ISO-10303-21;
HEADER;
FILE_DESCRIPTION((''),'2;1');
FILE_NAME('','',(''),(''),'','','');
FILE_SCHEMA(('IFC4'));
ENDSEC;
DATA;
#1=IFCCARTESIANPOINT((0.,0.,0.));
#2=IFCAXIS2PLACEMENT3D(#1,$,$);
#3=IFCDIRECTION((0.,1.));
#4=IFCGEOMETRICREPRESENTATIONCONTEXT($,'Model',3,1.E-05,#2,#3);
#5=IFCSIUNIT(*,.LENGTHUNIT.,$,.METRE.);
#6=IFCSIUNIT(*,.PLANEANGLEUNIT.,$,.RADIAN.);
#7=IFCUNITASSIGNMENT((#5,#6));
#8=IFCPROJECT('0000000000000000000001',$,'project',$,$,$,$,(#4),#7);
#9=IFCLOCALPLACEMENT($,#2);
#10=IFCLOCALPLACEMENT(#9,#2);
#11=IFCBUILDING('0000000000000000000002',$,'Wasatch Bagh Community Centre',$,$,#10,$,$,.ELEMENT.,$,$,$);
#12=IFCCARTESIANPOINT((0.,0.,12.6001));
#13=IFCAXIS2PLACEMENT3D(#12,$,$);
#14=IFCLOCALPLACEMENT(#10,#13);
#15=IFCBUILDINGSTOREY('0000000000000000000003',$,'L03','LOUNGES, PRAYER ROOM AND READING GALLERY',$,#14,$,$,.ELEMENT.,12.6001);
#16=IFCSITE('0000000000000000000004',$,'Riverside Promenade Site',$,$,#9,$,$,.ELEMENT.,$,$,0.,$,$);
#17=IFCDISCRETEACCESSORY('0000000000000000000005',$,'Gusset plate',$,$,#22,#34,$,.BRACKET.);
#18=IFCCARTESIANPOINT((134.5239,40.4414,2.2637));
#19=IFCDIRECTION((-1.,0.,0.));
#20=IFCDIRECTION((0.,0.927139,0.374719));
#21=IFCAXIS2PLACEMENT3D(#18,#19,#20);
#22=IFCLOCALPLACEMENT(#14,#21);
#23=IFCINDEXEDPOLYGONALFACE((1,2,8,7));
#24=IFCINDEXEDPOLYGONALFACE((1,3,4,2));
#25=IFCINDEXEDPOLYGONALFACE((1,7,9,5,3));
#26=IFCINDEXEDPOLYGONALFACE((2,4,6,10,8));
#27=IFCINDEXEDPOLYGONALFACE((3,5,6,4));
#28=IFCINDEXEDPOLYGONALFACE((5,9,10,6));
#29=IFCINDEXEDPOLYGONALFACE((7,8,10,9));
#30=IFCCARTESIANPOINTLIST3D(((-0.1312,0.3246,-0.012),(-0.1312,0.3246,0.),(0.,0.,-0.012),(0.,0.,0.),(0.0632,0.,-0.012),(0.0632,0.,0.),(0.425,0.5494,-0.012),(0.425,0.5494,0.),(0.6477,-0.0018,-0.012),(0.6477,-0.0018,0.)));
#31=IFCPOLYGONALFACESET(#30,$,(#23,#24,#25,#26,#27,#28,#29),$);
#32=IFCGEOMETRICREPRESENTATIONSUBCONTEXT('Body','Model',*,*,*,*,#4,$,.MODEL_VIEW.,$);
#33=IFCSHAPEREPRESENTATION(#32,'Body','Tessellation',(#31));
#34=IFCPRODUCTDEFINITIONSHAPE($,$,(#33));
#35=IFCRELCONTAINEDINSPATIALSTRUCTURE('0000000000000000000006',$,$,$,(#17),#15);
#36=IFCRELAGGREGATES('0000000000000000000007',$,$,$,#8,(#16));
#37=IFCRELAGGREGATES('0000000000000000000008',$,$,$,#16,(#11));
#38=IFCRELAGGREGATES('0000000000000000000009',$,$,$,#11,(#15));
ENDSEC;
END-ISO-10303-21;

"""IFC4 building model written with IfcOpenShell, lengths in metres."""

from ifc_helpers import new_model, si_unit, direction, frame, origin, place, context, subcontext, project, spatial, polyline, outline, extrude, element, save


model = new_model("IFC4")

# Units and contexts
model_context = context("Model", 3, precision=1e-05, world=origin(), true_north=direction((0.0, 1.0)))
body_context = subcontext(model_context, "Body", "Model", "MODEL_VIEW")
ifc_project = project(units=[si_unit("LENGTHUNIT", "METRE"), si_unit("PLANEANGLEUNIT", "RADIAN")], contexts=[model_context])

# Site, building, storey
site_placement = place(None, origin())
site = spatial("IfcSite", under=ifc_project, at=site_placement, Name="Riverside Promenade Site", CompositionType="ELEMENT", RefElevation=0.0)
building_placement = place(site_placement, origin())
building = spatial("IfcBuilding", under=site, at=building_placement, Name="Wasatch Bagh Community Centre", CompositionType="ELEMENT")
storey_placement = place(building_placement, frame((0.0, 0.0, 12.6001)))
storey = spatial("IfcBuildingStorey", under=building, at=storey_placement, Name="L03", Description="LOUNGES, PRAYER ROOM AND READING GALLERY", CompositionType="ELEMENT", Elevation=12.6001)

# Discrete accessory
discrete_accessory_1_placement = place(storey_placement, frame((134.5239, 40.4414, 2.2637), z_axis=(-1.0, 0.0, 0.0), x_axis=(0.0, 0.927139, 0.374719)))
element("IfcDiscreteAccessory", 1, at=discrete_accessory_1_placement, inside=storey, Name="Gusset plate", PredefinedType="BRACKET", context=body_context, shape_type="SweptSolid", body=[
    extrude(outline(polyline([(0.0, 0.0), (0.0632, 0.0), (0.6477, -0.0018), (0.425, 0.5494), (-0.1312, 0.3246), (0.0, 0.0)])), origin(), (0.0, 0.0, -1.0), 0.012),
])

save(model, "model.ifc")
